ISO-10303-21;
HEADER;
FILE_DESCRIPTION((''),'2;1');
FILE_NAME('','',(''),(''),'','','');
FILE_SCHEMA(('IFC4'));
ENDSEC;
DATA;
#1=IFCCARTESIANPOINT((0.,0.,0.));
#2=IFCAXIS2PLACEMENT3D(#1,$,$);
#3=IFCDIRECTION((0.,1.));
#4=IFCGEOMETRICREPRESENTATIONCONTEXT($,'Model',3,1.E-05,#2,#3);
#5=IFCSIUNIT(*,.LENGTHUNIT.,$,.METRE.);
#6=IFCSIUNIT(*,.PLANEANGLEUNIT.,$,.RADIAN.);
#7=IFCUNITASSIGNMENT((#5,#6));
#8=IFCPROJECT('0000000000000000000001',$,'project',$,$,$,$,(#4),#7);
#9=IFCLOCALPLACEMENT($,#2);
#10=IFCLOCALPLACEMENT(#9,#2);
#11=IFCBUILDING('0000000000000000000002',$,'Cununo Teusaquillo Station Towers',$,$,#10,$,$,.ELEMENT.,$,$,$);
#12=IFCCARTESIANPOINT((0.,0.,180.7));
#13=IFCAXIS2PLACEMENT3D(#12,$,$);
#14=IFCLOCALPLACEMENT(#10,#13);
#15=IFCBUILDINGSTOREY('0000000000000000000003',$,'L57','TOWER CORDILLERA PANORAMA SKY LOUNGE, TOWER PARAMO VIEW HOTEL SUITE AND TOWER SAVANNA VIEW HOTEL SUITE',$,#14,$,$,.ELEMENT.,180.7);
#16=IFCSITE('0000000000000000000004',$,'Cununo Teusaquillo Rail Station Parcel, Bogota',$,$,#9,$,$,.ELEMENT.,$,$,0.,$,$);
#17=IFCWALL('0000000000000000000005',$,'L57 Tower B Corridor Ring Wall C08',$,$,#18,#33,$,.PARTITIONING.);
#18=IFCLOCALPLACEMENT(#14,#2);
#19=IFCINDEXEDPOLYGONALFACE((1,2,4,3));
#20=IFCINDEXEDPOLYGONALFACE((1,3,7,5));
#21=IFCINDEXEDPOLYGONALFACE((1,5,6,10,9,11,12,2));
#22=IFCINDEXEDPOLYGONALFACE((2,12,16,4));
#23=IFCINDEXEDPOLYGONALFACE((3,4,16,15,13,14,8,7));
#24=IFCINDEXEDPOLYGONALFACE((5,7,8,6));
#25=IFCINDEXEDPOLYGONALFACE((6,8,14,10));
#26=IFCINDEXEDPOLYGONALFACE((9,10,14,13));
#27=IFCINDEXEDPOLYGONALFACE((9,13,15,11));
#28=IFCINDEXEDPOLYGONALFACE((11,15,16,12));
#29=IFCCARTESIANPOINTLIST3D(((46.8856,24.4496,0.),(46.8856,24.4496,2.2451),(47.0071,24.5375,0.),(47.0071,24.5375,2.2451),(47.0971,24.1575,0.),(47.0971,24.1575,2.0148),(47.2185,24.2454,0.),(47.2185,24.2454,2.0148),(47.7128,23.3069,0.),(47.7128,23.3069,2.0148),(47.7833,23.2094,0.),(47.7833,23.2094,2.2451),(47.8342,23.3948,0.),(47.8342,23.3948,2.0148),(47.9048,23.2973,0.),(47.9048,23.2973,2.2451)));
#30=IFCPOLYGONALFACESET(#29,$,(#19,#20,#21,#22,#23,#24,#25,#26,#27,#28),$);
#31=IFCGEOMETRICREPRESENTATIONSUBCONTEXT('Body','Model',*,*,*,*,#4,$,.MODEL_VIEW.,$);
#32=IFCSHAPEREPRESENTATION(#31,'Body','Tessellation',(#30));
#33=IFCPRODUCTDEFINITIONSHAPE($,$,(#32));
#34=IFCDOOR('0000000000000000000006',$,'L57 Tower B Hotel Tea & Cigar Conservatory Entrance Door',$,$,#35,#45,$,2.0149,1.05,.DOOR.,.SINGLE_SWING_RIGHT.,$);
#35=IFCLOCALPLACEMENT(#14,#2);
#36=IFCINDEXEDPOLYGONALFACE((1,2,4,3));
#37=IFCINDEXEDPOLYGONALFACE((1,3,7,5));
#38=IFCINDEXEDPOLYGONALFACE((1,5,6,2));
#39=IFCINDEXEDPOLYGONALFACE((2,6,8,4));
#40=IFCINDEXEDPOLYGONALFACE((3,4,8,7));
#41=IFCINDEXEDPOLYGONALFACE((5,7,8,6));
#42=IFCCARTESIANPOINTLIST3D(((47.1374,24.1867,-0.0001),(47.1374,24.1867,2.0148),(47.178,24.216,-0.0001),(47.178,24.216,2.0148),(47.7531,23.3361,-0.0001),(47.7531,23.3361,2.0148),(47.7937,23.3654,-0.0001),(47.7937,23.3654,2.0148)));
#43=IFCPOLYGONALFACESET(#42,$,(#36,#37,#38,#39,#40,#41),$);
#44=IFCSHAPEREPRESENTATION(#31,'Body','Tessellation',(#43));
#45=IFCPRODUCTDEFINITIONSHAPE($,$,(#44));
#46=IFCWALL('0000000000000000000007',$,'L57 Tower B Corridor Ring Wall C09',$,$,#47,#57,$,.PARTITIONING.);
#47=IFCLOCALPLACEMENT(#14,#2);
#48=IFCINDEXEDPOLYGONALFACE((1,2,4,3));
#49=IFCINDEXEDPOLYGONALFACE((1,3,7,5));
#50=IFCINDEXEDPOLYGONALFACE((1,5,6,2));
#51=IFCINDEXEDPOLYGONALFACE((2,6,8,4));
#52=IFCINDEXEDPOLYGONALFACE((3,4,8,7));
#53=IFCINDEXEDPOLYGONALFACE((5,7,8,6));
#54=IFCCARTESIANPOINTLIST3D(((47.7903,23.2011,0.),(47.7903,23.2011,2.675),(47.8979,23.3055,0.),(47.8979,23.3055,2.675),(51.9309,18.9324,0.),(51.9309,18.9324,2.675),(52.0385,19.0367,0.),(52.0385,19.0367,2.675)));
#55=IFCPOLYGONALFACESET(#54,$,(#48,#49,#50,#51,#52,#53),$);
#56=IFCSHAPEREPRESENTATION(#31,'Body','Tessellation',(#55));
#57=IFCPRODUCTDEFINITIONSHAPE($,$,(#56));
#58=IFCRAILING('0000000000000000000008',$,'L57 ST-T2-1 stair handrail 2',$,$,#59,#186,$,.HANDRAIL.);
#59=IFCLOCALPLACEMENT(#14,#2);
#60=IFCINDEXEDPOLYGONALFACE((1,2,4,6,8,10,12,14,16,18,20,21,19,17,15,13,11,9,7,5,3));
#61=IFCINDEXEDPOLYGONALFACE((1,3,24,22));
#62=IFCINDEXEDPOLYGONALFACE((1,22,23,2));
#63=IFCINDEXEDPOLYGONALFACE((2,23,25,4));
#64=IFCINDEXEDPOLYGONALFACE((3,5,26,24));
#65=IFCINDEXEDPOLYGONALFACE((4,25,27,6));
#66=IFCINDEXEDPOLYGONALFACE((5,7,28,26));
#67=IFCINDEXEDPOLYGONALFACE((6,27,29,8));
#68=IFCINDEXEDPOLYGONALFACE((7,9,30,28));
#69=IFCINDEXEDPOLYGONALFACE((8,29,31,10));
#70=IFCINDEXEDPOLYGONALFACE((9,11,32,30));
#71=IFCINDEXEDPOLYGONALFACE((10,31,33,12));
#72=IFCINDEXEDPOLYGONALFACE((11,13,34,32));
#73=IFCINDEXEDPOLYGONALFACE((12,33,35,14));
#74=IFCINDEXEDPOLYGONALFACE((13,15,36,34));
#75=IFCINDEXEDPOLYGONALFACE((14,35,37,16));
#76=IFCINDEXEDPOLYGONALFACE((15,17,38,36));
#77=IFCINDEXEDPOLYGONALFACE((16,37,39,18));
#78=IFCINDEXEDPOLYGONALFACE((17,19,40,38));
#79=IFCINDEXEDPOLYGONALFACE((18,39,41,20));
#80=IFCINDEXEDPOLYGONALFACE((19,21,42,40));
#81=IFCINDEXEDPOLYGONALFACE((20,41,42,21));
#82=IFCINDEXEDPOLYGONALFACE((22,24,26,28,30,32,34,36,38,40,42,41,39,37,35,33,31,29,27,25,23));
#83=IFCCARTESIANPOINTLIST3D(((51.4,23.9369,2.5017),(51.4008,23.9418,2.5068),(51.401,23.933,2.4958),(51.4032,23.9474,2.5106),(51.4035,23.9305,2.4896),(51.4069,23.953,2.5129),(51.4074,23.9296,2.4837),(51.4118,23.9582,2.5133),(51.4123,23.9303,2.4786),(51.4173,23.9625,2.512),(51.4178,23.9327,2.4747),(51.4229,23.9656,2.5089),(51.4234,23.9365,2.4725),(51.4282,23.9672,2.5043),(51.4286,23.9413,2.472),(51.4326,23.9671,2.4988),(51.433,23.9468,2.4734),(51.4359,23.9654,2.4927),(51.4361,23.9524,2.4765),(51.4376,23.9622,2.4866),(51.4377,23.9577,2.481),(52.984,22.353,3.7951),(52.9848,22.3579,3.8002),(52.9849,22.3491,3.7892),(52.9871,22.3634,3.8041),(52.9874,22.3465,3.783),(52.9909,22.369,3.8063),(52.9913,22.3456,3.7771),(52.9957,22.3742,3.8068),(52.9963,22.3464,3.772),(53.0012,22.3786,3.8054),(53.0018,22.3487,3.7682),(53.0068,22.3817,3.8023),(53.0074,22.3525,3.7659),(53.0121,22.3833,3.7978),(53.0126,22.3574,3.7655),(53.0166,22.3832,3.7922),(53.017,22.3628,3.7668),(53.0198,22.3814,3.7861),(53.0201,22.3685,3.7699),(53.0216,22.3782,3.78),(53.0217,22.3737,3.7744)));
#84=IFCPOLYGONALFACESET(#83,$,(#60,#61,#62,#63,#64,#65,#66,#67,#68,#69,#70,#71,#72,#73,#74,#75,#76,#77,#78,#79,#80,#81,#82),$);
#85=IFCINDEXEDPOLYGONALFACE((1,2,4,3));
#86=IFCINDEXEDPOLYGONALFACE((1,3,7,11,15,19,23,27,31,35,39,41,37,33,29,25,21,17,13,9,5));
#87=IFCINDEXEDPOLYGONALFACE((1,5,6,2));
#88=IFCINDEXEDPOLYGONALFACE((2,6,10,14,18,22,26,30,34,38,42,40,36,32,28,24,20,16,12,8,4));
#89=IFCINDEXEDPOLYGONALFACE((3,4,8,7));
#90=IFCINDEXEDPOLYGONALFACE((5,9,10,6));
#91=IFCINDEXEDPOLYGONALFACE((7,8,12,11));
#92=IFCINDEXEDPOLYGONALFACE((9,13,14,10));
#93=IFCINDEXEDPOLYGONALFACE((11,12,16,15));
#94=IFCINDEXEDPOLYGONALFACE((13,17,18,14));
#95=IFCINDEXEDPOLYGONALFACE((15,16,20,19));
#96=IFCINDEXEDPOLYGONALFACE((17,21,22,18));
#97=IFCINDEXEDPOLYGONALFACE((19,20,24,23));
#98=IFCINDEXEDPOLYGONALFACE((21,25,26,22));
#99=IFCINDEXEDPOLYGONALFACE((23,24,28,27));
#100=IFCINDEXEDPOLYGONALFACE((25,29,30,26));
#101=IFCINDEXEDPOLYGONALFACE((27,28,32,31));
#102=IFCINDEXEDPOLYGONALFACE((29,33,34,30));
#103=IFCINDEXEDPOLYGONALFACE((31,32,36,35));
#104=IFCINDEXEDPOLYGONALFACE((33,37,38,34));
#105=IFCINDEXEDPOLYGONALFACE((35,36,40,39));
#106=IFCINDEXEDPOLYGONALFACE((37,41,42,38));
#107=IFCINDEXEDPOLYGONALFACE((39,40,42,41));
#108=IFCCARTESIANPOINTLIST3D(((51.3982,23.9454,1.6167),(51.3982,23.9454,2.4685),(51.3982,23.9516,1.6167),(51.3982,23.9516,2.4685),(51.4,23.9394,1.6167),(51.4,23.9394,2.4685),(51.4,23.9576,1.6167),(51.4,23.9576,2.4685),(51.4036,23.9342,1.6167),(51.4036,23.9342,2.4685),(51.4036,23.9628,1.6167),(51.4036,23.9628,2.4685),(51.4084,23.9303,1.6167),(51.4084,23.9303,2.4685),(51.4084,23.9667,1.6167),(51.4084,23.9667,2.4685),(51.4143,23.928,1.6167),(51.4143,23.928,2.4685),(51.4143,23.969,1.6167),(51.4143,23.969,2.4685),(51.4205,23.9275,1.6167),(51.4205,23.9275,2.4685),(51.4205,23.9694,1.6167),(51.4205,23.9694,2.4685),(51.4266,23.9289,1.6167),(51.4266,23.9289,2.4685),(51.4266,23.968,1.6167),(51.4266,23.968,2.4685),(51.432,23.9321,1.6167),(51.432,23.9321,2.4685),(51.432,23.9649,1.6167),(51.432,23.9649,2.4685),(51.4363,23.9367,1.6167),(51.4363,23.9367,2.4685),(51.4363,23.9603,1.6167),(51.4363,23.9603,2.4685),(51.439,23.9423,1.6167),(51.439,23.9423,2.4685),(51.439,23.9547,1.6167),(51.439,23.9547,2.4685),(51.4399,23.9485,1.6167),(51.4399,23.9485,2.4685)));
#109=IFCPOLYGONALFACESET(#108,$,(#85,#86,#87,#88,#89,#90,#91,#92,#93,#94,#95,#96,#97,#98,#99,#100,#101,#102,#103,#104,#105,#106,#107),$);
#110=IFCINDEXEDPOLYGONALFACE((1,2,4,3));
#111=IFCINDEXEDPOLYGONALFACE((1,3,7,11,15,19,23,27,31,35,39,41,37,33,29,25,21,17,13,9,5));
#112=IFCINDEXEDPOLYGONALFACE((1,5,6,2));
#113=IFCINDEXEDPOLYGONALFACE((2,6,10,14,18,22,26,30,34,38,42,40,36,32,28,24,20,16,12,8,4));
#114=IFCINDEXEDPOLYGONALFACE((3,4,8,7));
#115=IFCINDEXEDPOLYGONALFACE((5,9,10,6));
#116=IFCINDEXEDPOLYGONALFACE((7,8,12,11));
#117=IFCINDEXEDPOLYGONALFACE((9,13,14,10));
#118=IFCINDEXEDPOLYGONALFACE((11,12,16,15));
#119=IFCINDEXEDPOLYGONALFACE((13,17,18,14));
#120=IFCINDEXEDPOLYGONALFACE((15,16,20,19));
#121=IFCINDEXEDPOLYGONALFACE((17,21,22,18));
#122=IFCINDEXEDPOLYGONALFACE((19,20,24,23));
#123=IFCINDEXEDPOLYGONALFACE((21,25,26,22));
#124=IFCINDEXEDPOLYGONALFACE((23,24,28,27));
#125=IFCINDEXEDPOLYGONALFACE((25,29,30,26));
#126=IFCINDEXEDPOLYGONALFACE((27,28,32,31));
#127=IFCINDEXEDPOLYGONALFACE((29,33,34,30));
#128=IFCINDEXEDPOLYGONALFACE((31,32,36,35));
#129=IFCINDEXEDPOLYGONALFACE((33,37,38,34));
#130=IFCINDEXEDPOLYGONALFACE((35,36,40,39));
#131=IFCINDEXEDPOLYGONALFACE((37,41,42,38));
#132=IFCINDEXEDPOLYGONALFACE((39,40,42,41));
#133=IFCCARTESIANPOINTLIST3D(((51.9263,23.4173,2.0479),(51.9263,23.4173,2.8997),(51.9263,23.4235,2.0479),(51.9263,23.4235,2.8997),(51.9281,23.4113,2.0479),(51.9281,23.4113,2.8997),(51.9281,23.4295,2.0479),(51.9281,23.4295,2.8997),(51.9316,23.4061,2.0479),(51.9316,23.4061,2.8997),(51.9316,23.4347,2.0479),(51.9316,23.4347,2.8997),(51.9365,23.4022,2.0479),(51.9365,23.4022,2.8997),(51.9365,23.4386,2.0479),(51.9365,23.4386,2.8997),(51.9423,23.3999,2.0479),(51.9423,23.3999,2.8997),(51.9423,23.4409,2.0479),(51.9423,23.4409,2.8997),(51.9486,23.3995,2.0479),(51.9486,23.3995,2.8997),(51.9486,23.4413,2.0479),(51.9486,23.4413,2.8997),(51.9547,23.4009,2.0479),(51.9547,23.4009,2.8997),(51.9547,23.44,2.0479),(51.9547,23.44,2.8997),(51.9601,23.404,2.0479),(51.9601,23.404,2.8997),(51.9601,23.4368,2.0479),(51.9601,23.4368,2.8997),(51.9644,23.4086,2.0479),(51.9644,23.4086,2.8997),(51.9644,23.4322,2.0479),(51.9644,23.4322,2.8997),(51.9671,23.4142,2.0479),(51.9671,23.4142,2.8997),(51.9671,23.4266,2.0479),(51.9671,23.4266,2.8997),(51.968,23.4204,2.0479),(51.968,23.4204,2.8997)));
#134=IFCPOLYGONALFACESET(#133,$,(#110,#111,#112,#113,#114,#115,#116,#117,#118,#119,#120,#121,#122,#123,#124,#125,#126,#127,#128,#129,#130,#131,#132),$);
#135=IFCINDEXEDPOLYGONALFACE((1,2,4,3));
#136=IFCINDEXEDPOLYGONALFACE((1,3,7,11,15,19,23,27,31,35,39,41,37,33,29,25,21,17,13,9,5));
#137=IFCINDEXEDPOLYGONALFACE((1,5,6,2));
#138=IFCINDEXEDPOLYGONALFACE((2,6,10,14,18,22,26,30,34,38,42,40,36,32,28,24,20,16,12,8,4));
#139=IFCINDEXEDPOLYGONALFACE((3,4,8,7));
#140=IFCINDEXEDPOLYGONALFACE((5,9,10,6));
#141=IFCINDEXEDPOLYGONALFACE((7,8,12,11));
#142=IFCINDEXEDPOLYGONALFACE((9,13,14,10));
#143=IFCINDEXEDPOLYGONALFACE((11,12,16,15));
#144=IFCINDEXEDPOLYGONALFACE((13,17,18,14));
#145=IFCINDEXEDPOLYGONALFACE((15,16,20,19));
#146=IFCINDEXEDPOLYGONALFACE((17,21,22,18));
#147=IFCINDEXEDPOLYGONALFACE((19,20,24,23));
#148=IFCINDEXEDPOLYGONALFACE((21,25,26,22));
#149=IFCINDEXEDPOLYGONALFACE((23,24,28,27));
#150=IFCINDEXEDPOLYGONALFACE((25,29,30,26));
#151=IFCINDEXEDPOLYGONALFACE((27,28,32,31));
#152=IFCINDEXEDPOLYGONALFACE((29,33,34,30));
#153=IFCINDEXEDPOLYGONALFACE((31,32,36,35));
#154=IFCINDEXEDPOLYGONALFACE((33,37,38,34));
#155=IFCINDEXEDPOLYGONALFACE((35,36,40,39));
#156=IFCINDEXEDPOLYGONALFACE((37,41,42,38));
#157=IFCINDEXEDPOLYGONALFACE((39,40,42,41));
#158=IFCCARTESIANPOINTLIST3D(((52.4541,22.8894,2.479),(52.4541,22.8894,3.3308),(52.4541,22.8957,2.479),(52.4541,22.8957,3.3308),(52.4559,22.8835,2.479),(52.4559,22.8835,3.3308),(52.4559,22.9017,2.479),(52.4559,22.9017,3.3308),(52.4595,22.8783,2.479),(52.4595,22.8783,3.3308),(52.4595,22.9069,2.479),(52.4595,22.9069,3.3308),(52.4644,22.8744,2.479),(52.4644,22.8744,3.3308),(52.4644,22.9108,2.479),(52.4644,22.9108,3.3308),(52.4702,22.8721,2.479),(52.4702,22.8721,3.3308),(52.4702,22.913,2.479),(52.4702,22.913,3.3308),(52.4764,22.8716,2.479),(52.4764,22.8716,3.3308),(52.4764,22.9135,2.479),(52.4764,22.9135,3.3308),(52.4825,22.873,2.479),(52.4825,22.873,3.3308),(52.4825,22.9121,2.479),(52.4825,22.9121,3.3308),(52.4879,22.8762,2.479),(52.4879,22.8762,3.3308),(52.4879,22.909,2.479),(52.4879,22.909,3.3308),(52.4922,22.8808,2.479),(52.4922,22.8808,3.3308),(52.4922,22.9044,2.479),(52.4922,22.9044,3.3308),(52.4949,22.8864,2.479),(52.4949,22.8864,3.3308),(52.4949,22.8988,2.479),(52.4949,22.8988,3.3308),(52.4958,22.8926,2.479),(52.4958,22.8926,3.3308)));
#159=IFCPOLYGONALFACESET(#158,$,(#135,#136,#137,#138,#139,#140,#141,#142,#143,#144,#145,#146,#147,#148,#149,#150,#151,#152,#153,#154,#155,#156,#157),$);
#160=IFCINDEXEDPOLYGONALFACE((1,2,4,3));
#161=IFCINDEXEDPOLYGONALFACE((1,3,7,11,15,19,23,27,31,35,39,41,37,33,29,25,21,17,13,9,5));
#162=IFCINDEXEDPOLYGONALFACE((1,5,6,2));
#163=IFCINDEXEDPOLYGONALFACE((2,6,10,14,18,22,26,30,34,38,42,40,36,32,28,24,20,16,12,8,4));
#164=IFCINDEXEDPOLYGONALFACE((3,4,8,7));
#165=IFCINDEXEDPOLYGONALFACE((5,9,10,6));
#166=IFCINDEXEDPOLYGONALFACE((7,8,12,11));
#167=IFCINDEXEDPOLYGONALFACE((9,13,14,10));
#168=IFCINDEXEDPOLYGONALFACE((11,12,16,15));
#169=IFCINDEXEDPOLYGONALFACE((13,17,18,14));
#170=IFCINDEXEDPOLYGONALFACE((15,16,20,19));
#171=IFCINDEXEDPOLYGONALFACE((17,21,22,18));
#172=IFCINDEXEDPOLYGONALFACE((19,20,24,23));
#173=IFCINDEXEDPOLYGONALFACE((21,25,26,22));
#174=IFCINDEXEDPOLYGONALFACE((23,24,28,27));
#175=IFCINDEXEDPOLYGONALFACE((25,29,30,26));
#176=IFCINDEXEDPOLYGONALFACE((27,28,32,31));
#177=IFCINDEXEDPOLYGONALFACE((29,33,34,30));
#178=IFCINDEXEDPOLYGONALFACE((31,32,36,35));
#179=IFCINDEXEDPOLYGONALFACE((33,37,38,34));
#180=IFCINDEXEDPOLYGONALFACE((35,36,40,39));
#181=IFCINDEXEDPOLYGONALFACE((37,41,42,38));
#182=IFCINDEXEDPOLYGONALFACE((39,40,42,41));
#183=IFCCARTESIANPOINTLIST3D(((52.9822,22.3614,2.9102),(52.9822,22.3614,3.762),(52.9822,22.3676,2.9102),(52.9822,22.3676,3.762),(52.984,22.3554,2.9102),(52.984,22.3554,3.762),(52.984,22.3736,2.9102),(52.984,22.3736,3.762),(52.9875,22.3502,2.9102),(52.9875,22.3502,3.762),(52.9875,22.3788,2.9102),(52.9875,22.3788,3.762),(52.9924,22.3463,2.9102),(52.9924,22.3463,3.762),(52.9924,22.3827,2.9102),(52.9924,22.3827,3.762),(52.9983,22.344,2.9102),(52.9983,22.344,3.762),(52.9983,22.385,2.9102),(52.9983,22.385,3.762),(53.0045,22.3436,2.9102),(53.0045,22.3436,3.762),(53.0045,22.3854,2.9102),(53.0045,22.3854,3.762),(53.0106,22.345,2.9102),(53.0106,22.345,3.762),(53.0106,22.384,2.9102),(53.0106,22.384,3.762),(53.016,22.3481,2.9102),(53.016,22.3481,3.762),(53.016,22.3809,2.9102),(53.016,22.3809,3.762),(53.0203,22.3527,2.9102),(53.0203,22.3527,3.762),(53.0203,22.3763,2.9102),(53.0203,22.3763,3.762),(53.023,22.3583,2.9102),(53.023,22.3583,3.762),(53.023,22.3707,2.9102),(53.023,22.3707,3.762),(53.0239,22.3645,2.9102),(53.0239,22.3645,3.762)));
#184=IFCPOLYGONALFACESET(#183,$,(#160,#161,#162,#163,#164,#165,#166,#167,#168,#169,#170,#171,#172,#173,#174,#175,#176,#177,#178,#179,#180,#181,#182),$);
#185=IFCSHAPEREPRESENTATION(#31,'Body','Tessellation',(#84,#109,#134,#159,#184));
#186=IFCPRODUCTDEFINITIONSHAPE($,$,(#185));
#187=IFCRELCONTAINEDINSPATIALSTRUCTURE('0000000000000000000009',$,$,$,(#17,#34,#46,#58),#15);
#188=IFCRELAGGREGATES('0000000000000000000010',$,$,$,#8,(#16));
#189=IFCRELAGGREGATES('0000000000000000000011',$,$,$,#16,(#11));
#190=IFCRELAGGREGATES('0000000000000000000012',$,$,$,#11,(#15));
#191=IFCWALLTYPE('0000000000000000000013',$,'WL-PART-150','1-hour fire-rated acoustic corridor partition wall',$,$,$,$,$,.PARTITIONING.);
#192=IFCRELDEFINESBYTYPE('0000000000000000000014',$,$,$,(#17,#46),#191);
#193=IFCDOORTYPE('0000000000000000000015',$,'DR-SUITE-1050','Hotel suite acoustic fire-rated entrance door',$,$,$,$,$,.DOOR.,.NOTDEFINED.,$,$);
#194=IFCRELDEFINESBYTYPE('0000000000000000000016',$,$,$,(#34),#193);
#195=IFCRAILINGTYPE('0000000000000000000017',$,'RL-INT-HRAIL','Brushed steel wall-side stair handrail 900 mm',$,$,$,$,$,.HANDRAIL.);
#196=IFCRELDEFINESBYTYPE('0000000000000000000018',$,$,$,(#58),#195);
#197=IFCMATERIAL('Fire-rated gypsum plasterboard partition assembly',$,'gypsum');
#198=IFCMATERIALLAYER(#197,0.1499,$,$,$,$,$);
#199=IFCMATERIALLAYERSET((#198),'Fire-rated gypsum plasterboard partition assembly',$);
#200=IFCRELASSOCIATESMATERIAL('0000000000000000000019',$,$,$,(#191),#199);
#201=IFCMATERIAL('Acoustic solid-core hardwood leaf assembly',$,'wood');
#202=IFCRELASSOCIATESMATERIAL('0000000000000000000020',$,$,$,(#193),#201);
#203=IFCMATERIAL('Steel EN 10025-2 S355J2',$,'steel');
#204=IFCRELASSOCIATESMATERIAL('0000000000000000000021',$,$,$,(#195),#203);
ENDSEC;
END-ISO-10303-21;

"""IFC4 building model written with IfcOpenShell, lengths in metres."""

from ifc_helpers import new_model, si_unit, direction, frame, frame_2d, origin, origin_2d, place, context, subcontext, project, spatial, rectangle, circle, extrude, source, transform, mapped, material, layer, layer_set, type_object, element, fill, save


model = new_model("IFC4")

# Units and contexts
model_context = context("Model", 3, precision=1e-05, world=origin(), true_north=direction((0.0, 1.0)))
body_context = subcontext(model_context, "Body", "Model", "MODEL_VIEW")
ifc_project = project(units=[si_unit("LENGTHUNIT", "METRE"), si_unit("PLANEANGLEUNIT", "RADIAN")], contexts=[model_context])

# Site, building, storey
site_placement = place(None, origin())
site = spatial("IfcSite", under=ifc_project, at=site_placement, Name="Cununo Teusaquillo Rail Station Parcel, Bogota", CompositionType="ELEMENT", RefElevation=0.0)
building_placement = place(site_placement, origin())
building = spatial("IfcBuilding", under=site, at=building_placement, Name="Cununo Teusaquillo Station Towers", CompositionType="ELEMENT")
storey_placement = place(building_placement, frame((0.0, 0.0, 180.7)))
storey = spatial("IfcBuildingStorey", under=building, at=storey_placement, Name="L57", Description="TOWER CORDILLERA PANORAMA SKY LOUNGE, TOWER PARAMO VIEW HOTEL SUITE AND TOWER SAVANNA VIEW HOTEL SUITE", CompositionType="ELEMENT", Elevation=180.7)

# Wall, opening, door
ifc_material_1 = material(Name="Fire-rated gypsum plasterboard partition assembly", Category="gypsum")
ifc_layer_1 = layer(ifc_material_1, 0.1499)
ifc_layer_set_1 = layer_set([ifc_layer_1], Name="Fire-rated gypsum plasterboard partition assembly")
wall_type_1 = type_object("IfcWallType", Name="WL-PART-150", Description="1-hour fire-rated acoustic corridor partition wall", PredefinedType="PARTITIONING", material=ifc_layer_set_1)
wall_1_placement = place(storey_placement, frame((46.9463, 24.4937, 0.0), z_axis=(0.0, 0.0, 1.0), x_axis=(0.58634, -0.810065, 0.0)))
wall_1 = element("IfcWall", 1, at=wall_1_placement, inside=storey, type_object=wall_type_1, Name="L57 Tower B Corridor Ring Wall C08", PredefinedType="PARTITIONING", context=body_context, shape_type="SweptSolid", body=[
    extrude(rectangle(XDim=1.531, YDim=0.1499, at=frame_2d((0.7656, 0.0))), origin(), (0.0, 0.0, 1.0), 2.2451),
])
shared_shape_1 = source(origin(), body_context, "Body", "SweptSolid", [
    extrude(rectangle(XDim=1.05, YDim=2.0149, at=frame_2d((0.5249, 1.0073))), frame((0.0, 0.085, 0.0), z_axis=(0.0, -1.0, 0.0), x_axis=(1.0, 0.0, 0.0)), (0.0, 0.0, 1.0), 0.1699),
])
opening_1_placement = place(wall_1_placement, frame((0.3608, 0.0, 0.0)))
opening_1 = element("IfcOpeningElement", 2, at=opening_1_placement, cuts=wall_1, PredefinedType="OPENING", context=body_context, shape_type="MappedRepresentation", body=[
    mapped(shared_shape_1, transform((0.0, 0.0, 0.0), x_axis=(1.0, 0.0, 0.0), y_axis=(0.0, 1.0, 0.0), z_axis=(0.0, 0.0, 1.0), scale=1.0)),
])
ifc_material_2 = material(Name="Acoustic solid-core hardwood leaf assembly", Category="wood")
door_type_1 = type_object("IfcDoorType", Name="DR-SUITE-1050", Description="Hotel suite acoustic fire-rated entrance door", OperationType="NOTDEFINED", PredefinedType="DOOR", material=ifc_material_2)
shared_shape_2 = source(origin(), body_context, "Body", "SweptSolid", [
    extrude(rectangle(XDim=1.05, YDim=2.0149, at=frame_2d((0.5249, 1.0073))), frame((0.0, 0.0249, 0.0), z_axis=(0.0, -1.0, 0.0), x_axis=(1.0, 0.0, 0.0)), (0.0, 0.0, 1.0), 0.05),
])
door_1_placement = place(opening_1_placement, origin())
door_1 = element("IfcDoor", 3, at=door_1_placement, inside=storey, type_object=door_type_1, Name="L57 Tower B Hotel Tea & Cigar Conservatory Entrance Door", OperationType="SINGLE_SWING_RIGHT", OverallHeight=2.0149, OverallWidth=1.05, PredefinedType="DOOR", context=body_context, shape_type="MappedRepresentation", body=[
    mapped(shared_shape_2, transform((0.0, 0.0, 0.0), x_axis=(1.0, 0.0, 0.0), y_axis=(0.0, 1.0, 0.0), z_axis=(0.0, 0.0, 1.0), scale=1.0)),
])
fill(opening_1, door_1)

# Wall
wall_2_placement = place(storey_placement, frame((47.844, 23.2534, 0.0), z_axis=(0.0, 0.0, 1.0), x_axis=(0.696248, -0.717801, 0.0)))
element("IfcWall", 4, at=wall_2_placement, inside=storey, type_object=wall_type_1, Name="L57 Tower B Corridor Ring Wall C09", PredefinedType="PARTITIONING", context=body_context, shape_type="SweptSolid", body=[
    extrude(rectangle(XDim=5.947, YDim=0.1499, at=frame_2d((2.9736, 0.0))), origin(), (0.0, 0.0, 1.0), 2.675),
])

# Railing
ifc_material_3 = material(Name="Steel EN 10025-2 S355J2", Category="steel")
railing_type = type_object("IfcRailingType", Name="RL-INT-HRAIL", Description="Brushed steel wall-side stair handrail 900 mm", PredefinedType="HANDRAIL", material=ifc_material_3)
railing_placement = place(storey_placement, frame((51.4189, 23.9485, 1.6167)))
element("IfcRailing", 5, at=railing_placement, inside=storey, type_object=railing_type, Name="L57 ST-T2-1 stair handrail 2", PredefinedType="HANDRAIL", context=body_context, shape_type="SweptSolid", body=[
    extrude(circle(Radius=0.0239, at=origin_2d()), frame((0.0, 0.0, 0.876), z_axis=(0.612356, -0.612356, 0.50004), x_axis=(0.707107, 0.707107, 0.0)), (0.0, 0.0, 1.0), 2.5867),
    extrude(circle(Radius=0.021, at=origin_2d()), origin(), (0.0, 0.0, 1.0), 0.8518),
    extrude(circle(Radius=0.021, at=origin_2d()), frame((0.5281, -0.5281, 0.4312)), (0.0, 0.0, 1.0), 0.8518),
    extrude(circle(Radius=0.021, at=origin_2d()), frame((1.0559, -1.0559, 0.8623)), (0.0, 0.0, 1.0), 0.8518),
    extrude(circle(Radius=0.021, at=origin_2d()), frame((1.584, -1.584, 1.2935)), (0.0, 0.0, 1.0), 0.8518),
])

save(model, "model.ifc")
